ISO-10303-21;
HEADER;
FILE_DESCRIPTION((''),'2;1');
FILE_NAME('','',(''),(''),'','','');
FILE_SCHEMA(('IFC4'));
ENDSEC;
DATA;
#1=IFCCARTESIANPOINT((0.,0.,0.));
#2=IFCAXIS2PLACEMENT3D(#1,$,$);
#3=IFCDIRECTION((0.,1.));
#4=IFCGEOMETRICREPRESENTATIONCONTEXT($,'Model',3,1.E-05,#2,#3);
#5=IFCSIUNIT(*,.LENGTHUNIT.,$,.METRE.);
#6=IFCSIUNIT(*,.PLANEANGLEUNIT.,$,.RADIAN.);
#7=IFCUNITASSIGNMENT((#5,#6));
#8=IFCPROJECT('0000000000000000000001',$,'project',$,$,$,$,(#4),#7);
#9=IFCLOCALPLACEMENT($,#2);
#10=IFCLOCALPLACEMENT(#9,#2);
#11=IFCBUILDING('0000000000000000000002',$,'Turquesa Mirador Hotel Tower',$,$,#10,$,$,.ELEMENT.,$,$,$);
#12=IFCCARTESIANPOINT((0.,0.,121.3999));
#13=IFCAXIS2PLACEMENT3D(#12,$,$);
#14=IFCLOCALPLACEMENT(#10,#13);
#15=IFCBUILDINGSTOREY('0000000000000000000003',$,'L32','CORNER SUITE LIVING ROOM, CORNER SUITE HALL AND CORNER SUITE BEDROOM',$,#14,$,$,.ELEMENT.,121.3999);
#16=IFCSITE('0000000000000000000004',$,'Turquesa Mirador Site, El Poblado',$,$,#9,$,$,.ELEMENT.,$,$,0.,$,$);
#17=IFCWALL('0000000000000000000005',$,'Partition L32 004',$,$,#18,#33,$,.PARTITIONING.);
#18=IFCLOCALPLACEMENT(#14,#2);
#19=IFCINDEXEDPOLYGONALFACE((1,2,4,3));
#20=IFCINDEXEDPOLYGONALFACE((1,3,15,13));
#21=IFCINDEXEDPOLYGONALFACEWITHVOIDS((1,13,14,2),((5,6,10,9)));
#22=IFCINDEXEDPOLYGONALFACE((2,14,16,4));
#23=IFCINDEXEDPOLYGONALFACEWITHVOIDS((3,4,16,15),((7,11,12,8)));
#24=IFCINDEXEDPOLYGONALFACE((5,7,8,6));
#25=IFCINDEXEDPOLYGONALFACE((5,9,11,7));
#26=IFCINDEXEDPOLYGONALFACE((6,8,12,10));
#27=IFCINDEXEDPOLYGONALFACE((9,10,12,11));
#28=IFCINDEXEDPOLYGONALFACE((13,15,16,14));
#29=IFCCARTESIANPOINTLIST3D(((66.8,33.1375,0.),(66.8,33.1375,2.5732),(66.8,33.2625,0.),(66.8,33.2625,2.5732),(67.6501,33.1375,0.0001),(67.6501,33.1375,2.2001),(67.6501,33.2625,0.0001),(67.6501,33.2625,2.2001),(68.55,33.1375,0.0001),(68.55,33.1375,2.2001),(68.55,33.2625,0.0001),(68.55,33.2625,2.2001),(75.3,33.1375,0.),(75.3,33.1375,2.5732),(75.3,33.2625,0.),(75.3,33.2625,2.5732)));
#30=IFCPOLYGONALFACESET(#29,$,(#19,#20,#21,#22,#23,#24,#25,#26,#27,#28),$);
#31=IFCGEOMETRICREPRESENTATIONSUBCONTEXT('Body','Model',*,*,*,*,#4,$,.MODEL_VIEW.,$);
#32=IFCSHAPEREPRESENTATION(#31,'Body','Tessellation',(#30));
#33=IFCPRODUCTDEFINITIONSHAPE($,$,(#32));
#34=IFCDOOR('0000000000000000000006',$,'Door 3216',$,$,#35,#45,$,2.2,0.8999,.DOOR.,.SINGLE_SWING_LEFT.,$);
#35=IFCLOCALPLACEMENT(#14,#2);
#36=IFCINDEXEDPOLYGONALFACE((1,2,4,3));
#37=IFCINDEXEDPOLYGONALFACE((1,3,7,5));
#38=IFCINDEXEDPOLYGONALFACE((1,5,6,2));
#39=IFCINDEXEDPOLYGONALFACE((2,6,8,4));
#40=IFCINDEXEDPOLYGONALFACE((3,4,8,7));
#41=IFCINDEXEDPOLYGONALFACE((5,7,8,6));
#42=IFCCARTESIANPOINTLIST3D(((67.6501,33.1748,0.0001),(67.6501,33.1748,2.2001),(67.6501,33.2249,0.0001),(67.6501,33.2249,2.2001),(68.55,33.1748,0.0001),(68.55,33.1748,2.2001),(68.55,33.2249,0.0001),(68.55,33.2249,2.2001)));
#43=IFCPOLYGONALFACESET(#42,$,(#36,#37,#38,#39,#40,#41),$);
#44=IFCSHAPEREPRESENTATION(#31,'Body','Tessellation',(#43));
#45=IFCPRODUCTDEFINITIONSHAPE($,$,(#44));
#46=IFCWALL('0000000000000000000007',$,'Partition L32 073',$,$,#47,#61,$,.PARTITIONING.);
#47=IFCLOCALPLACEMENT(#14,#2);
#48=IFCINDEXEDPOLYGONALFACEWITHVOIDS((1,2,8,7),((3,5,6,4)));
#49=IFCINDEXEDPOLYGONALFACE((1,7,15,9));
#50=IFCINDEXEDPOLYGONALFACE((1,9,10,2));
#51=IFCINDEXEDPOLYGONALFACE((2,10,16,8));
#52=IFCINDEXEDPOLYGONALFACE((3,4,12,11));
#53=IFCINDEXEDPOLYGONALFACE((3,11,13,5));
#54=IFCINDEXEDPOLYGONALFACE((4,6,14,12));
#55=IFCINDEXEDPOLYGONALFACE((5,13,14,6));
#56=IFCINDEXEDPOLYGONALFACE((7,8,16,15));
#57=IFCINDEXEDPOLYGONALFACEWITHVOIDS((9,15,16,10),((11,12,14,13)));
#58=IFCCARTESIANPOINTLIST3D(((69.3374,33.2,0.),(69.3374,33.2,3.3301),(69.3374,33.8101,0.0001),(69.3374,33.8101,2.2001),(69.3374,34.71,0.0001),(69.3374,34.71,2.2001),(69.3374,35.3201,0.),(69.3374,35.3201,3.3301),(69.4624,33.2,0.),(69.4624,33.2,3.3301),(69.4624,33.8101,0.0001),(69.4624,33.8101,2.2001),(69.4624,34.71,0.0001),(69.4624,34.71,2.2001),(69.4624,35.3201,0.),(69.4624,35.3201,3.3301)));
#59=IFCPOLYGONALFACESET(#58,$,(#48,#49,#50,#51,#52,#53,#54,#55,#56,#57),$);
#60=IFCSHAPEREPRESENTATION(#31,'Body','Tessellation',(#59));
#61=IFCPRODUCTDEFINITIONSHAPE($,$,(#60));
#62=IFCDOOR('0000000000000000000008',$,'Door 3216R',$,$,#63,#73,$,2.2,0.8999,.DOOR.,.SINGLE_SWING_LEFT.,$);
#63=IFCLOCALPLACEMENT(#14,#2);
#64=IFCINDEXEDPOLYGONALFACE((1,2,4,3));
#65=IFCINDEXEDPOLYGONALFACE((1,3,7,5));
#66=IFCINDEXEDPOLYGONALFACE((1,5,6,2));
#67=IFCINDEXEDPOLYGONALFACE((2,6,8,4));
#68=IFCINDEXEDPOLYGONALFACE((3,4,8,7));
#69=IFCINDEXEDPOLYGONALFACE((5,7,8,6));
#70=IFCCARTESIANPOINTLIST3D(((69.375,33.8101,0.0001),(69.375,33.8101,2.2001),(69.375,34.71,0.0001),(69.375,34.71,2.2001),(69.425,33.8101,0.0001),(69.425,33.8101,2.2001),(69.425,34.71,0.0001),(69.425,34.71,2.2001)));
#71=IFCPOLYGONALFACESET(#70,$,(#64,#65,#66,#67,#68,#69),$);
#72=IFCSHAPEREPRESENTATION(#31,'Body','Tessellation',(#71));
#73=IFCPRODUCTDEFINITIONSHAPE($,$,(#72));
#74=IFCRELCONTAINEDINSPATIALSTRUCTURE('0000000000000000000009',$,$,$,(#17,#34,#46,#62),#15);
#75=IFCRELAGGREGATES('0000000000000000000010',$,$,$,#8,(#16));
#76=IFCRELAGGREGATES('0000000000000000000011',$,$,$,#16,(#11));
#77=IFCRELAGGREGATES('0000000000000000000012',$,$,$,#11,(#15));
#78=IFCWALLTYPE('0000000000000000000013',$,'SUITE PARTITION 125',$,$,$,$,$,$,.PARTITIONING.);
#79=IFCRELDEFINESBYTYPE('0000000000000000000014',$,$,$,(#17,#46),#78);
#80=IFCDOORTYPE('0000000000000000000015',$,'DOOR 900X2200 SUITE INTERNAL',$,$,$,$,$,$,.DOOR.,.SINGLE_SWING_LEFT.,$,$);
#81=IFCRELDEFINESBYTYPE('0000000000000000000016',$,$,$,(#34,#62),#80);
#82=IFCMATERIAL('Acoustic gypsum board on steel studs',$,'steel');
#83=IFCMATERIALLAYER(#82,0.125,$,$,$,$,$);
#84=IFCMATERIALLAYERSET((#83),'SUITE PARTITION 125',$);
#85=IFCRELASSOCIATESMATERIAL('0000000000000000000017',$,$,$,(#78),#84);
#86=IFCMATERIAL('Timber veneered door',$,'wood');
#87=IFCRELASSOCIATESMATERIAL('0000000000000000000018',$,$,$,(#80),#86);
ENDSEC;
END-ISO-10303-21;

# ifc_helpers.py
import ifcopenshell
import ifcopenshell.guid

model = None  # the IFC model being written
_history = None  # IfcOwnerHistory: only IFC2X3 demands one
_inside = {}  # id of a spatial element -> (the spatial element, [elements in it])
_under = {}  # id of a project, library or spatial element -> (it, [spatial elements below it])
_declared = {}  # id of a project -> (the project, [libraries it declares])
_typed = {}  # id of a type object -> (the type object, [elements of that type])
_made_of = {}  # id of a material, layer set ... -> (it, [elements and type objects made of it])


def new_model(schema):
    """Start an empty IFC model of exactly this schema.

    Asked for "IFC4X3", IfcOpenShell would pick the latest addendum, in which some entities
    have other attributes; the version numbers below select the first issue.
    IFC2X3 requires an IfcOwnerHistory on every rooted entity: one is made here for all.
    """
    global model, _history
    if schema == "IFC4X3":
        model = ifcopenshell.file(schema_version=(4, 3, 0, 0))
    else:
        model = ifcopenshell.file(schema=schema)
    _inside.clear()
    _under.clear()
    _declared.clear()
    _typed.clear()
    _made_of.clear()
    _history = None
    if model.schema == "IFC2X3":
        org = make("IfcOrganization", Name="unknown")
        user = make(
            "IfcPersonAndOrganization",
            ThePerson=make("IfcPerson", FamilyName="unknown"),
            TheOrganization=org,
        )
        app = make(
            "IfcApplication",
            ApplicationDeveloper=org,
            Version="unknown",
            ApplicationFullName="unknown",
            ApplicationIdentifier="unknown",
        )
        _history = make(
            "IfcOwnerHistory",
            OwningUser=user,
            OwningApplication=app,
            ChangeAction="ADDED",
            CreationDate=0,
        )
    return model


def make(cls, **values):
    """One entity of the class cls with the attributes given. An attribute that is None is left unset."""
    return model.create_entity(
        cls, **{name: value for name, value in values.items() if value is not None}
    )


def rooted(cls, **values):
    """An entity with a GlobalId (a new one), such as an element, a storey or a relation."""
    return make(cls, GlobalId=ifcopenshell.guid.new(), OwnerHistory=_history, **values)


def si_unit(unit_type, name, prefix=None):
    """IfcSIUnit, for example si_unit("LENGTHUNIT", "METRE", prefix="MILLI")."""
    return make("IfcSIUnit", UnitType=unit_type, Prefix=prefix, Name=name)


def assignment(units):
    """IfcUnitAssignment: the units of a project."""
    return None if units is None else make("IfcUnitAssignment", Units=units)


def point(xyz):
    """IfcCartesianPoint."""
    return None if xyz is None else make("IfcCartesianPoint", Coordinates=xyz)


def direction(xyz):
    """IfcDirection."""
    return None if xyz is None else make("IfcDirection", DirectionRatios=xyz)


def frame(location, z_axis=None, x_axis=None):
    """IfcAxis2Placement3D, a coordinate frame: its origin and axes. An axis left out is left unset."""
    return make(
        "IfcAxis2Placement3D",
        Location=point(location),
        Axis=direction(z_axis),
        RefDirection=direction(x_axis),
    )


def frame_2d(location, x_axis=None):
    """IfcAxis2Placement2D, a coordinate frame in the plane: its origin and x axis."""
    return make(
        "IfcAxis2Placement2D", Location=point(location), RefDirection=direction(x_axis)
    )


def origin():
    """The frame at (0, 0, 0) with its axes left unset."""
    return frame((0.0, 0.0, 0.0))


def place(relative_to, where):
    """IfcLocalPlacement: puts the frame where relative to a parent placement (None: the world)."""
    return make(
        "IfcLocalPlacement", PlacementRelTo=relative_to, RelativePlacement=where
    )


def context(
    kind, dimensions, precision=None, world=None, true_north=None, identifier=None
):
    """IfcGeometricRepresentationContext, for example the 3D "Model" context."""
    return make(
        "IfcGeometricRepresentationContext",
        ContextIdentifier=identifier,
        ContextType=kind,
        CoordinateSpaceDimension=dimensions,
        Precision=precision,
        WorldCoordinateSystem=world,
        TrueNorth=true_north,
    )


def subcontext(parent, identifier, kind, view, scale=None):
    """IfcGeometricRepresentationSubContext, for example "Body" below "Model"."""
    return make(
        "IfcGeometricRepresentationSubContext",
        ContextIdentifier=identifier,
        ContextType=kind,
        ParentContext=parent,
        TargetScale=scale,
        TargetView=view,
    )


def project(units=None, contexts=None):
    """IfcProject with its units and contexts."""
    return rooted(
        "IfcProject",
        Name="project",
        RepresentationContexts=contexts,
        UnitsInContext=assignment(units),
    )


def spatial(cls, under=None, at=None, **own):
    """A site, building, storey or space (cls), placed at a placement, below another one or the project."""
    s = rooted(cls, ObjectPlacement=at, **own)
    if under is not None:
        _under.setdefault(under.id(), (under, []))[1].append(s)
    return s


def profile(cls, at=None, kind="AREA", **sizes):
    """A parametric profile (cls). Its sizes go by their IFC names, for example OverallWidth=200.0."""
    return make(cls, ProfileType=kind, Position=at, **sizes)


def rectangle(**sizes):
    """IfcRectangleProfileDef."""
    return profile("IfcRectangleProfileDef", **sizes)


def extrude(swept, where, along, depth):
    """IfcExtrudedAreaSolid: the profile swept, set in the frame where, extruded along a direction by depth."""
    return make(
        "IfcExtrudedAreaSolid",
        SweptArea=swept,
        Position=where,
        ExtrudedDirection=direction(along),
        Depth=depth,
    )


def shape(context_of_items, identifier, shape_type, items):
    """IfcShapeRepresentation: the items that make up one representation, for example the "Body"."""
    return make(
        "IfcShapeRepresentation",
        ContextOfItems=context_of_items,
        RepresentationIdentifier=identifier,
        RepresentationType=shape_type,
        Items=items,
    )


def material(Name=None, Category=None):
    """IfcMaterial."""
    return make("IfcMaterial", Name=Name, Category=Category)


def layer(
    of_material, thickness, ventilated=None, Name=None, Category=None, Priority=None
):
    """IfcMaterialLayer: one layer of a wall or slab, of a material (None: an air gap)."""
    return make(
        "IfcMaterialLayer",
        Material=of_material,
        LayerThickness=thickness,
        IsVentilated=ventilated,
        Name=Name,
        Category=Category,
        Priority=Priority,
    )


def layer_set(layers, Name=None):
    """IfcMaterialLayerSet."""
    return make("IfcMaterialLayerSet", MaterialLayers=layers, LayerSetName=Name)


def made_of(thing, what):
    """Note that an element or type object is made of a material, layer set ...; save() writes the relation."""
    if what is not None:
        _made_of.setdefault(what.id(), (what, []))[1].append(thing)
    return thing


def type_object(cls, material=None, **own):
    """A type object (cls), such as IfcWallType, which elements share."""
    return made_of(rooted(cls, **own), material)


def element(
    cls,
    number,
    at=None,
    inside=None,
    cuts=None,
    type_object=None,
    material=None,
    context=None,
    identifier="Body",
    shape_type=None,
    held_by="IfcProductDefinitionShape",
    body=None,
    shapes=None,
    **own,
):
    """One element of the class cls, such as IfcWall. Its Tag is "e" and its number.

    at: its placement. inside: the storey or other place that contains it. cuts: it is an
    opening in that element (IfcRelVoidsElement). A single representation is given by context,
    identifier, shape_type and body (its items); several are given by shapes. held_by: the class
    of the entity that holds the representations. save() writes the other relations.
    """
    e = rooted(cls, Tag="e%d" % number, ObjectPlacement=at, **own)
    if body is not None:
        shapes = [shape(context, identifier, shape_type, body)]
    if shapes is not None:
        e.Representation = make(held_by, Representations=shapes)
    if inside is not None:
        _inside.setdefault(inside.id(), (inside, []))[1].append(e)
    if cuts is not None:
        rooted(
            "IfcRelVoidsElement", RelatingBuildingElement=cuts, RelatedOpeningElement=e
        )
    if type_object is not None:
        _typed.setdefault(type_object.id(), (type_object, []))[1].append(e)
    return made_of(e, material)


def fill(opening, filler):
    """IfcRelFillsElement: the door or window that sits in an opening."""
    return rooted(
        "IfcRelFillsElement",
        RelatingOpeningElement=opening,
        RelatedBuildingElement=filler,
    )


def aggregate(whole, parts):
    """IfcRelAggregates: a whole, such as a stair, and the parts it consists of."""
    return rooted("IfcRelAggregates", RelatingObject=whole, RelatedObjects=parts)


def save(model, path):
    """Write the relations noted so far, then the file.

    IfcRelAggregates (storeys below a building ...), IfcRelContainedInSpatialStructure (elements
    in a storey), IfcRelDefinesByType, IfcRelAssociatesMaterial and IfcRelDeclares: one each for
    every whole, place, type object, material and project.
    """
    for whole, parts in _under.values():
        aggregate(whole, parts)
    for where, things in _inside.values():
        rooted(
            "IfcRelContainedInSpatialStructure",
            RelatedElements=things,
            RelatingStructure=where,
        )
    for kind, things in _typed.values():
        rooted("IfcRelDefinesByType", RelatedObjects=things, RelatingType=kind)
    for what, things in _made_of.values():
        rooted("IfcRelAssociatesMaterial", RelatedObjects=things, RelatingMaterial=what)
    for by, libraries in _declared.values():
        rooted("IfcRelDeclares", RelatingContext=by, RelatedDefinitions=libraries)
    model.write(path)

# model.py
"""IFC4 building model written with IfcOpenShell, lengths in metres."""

from ifc_helpers import new_model, si_unit, direction, frame, frame_2d, origin, place, context, subcontext, project, spatial, rectangle, extrude, material, layer, layer_set, type_object, element, fill, save


model = new_model("IFC4")

# Units and contexts
model_context = context("Model", 3, precision=1e-05, world=origin(), true_north=direction((0.0, 1.0)))
body_context = subcontext(model_context, "Body", "Model", "MODEL_VIEW")
ifc_project = project(units=[si_unit("LENGTHUNIT", "METRE"), si_unit("PLANEANGLEUNIT", "RADIAN")], contexts=[model_context])

# Site, building, storey
site_placement = place(None, origin())
site = spatial("IfcSite", under=ifc_project, at=site_placement, Name="Turquesa Mirador Site, El Poblado", CompositionType="ELEMENT", RefElevation=0.0)
building_placement = place(site_placement, origin())
building = spatial("IfcBuilding", under=site, at=building_placement, Name="Turquesa Mirador Hotel Tower", CompositionType="ELEMENT")
storey_placement = place(building_placement, frame((0.0, 0.0, 121.3999)))
storey = spatial("IfcBuildingStorey", under=building, at=storey_placement, Name="L32", Description="CORNER SUITE LIVING ROOM, CORNER SUITE HALL AND CORNER SUITE BEDROOM", CompositionType="ELEMENT", Elevation=121.3999)

# Walls, openings, doors
ifc_material_1 = material(Name="Acoustic gypsum board on steel studs", Category="steel")
ifc_layer_1 = layer(ifc_material_1, 0.125)
ifc_layer_set_1 = layer_set([ifc_layer_1], Name="SUITE PARTITION 125")
wall_type_1 = type_object("IfcWallType", Name="SUITE PARTITION 125", PredefinedType="PARTITIONING", material=ifc_layer_set_1)
wall_1_placement = place(storey_placement, frame((66.8, 33.2, 0.0), z_axis=(0.0, 0.0, 1.0), x_axis=(1.0, 0.0, 0.0)))
wall_1 = element("IfcWall", 1, at=wall_1_placement, inside=storey, type_object=wall_type_1, Name="Partition L32 004", PredefinedType="PARTITIONING", context=body_context, shape_type="SweptSolid", body=[
    extrude(rectangle(XDim=8.5, YDim=0.125, at=frame_2d((4.25, 0.0))), origin(), (0.0, 0.0, 1.0), 2.5732),
])
opening_1_placement = place(wall_1_placement, frame((0.8501, 0.0, 0.0)))
opening_1 = element("IfcOpeningElement", 2, at=opening_1_placement, cuts=wall_1, PredefinedType="OPENING", context=body_context, shape_type="SweptSolid", body=[
    extrude(rectangle(XDim=0.8999, YDim=2.2, at=frame_2d((0.45, 1.1001))), frame((0.0, 0.0725, 0.0), z_axis=(0.0, -1.0, 0.0), x_axis=(1.0, 0.0, 0.0)), (0.0, 0.0, 1.0), 0.145),
])
ifc_material_2 = material(Name="Timber veneered door", Category="wood")
door_type_1 = type_object("IfcDoorType", Name="DOOR 900X2200 SUITE INTERNAL", OperationType="SINGLE_SWING_LEFT", PredefinedType="DOOR", material=ifc_material_2)
door_1_placement = place(opening_1_placement, origin())
door_1 = element("IfcDoor", 3, at=door_1_placement, inside=storey, type_object=door_type_1, Name="Door 3216", OperationType="SINGLE_SWING_LEFT", OverallHeight=2.2, OverallWidth=0.8999, PredefinedType="DOOR", context=body_context, shape_type="SweptSolid", body=[
    extrude(rectangle(XDim=0.8999, YDim=2.2, at=frame_2d((0.45, 1.1001))), frame((0.0, 0.0249, 0.0), z_axis=(0.0, -1.0, 0.0), x_axis=(1.0, 0.0, 0.0)), (0.0, 0.0, 1.0), 0.05),
])
fill(opening_1, door_1)
wall_2_placement = place(storey_placement, frame((69.3999, 33.2, 0.0), z_axis=(0.0, 0.0, 1.0), x_axis=(0.0, 1.0, 0.0)))
wall_2 = element("IfcWall", 4, at=wall_2_placement, inside=storey, type_object=wall_type_1, Name="Partition L32 073", PredefinedType="PARTITIONING", context=body_context, shape_type="SweptSolid", body=[
    extrude(rectangle(XDim=2.1201, YDim=0.125, at=frame_2d((1.0601, 0.0))), origin(), (0.0, 0.0, 1.0), 3.3301),
])
opening_2_placement = place(wall_2_placement, frame((0.6101, 0.0, 0.0)))
opening_2 = element("IfcOpeningElement", 5, at=opening_2_placement, cuts=wall_2, PredefinedType="OPENING", context=body_context, shape_type="SweptSolid", body=[
    extrude(rectangle(XDim=0.8999, YDim=2.2, at=frame_2d((0.45, 1.1001))), frame((0.0, 0.0725, 0.0), z_axis=(0.0, -1.0, 0.0), x_axis=(1.0, 0.0, 0.0)), (0.0, 0.0, 1.0), 0.145),
])
door_2_placement = place(opening_2_placement, origin())
door_2 = element("IfcDoor", 6, at=door_2_placement, inside=storey, type_object=door_type_1, Name="Door 3216R", OperationType="SINGLE_SWING_LEFT", OverallHeight=2.2, OverallWidth=0.8999, PredefinedType="DOOR", context=body_context, shape_type="SweptSolid", body=[
    extrude(rectangle(XDim=0.8999, YDim=2.2, at=frame_2d((0.45, 1.1001))), frame((0.0, 0.0249, 0.0), z_axis=(0.0, -1.0, 0.0), x_axis=(1.0, 0.0, 0.0)), (0.0, 0.0, 1.0), 0.05),
])
fill(opening_2, door_2)

save(model, "model.ifc")
